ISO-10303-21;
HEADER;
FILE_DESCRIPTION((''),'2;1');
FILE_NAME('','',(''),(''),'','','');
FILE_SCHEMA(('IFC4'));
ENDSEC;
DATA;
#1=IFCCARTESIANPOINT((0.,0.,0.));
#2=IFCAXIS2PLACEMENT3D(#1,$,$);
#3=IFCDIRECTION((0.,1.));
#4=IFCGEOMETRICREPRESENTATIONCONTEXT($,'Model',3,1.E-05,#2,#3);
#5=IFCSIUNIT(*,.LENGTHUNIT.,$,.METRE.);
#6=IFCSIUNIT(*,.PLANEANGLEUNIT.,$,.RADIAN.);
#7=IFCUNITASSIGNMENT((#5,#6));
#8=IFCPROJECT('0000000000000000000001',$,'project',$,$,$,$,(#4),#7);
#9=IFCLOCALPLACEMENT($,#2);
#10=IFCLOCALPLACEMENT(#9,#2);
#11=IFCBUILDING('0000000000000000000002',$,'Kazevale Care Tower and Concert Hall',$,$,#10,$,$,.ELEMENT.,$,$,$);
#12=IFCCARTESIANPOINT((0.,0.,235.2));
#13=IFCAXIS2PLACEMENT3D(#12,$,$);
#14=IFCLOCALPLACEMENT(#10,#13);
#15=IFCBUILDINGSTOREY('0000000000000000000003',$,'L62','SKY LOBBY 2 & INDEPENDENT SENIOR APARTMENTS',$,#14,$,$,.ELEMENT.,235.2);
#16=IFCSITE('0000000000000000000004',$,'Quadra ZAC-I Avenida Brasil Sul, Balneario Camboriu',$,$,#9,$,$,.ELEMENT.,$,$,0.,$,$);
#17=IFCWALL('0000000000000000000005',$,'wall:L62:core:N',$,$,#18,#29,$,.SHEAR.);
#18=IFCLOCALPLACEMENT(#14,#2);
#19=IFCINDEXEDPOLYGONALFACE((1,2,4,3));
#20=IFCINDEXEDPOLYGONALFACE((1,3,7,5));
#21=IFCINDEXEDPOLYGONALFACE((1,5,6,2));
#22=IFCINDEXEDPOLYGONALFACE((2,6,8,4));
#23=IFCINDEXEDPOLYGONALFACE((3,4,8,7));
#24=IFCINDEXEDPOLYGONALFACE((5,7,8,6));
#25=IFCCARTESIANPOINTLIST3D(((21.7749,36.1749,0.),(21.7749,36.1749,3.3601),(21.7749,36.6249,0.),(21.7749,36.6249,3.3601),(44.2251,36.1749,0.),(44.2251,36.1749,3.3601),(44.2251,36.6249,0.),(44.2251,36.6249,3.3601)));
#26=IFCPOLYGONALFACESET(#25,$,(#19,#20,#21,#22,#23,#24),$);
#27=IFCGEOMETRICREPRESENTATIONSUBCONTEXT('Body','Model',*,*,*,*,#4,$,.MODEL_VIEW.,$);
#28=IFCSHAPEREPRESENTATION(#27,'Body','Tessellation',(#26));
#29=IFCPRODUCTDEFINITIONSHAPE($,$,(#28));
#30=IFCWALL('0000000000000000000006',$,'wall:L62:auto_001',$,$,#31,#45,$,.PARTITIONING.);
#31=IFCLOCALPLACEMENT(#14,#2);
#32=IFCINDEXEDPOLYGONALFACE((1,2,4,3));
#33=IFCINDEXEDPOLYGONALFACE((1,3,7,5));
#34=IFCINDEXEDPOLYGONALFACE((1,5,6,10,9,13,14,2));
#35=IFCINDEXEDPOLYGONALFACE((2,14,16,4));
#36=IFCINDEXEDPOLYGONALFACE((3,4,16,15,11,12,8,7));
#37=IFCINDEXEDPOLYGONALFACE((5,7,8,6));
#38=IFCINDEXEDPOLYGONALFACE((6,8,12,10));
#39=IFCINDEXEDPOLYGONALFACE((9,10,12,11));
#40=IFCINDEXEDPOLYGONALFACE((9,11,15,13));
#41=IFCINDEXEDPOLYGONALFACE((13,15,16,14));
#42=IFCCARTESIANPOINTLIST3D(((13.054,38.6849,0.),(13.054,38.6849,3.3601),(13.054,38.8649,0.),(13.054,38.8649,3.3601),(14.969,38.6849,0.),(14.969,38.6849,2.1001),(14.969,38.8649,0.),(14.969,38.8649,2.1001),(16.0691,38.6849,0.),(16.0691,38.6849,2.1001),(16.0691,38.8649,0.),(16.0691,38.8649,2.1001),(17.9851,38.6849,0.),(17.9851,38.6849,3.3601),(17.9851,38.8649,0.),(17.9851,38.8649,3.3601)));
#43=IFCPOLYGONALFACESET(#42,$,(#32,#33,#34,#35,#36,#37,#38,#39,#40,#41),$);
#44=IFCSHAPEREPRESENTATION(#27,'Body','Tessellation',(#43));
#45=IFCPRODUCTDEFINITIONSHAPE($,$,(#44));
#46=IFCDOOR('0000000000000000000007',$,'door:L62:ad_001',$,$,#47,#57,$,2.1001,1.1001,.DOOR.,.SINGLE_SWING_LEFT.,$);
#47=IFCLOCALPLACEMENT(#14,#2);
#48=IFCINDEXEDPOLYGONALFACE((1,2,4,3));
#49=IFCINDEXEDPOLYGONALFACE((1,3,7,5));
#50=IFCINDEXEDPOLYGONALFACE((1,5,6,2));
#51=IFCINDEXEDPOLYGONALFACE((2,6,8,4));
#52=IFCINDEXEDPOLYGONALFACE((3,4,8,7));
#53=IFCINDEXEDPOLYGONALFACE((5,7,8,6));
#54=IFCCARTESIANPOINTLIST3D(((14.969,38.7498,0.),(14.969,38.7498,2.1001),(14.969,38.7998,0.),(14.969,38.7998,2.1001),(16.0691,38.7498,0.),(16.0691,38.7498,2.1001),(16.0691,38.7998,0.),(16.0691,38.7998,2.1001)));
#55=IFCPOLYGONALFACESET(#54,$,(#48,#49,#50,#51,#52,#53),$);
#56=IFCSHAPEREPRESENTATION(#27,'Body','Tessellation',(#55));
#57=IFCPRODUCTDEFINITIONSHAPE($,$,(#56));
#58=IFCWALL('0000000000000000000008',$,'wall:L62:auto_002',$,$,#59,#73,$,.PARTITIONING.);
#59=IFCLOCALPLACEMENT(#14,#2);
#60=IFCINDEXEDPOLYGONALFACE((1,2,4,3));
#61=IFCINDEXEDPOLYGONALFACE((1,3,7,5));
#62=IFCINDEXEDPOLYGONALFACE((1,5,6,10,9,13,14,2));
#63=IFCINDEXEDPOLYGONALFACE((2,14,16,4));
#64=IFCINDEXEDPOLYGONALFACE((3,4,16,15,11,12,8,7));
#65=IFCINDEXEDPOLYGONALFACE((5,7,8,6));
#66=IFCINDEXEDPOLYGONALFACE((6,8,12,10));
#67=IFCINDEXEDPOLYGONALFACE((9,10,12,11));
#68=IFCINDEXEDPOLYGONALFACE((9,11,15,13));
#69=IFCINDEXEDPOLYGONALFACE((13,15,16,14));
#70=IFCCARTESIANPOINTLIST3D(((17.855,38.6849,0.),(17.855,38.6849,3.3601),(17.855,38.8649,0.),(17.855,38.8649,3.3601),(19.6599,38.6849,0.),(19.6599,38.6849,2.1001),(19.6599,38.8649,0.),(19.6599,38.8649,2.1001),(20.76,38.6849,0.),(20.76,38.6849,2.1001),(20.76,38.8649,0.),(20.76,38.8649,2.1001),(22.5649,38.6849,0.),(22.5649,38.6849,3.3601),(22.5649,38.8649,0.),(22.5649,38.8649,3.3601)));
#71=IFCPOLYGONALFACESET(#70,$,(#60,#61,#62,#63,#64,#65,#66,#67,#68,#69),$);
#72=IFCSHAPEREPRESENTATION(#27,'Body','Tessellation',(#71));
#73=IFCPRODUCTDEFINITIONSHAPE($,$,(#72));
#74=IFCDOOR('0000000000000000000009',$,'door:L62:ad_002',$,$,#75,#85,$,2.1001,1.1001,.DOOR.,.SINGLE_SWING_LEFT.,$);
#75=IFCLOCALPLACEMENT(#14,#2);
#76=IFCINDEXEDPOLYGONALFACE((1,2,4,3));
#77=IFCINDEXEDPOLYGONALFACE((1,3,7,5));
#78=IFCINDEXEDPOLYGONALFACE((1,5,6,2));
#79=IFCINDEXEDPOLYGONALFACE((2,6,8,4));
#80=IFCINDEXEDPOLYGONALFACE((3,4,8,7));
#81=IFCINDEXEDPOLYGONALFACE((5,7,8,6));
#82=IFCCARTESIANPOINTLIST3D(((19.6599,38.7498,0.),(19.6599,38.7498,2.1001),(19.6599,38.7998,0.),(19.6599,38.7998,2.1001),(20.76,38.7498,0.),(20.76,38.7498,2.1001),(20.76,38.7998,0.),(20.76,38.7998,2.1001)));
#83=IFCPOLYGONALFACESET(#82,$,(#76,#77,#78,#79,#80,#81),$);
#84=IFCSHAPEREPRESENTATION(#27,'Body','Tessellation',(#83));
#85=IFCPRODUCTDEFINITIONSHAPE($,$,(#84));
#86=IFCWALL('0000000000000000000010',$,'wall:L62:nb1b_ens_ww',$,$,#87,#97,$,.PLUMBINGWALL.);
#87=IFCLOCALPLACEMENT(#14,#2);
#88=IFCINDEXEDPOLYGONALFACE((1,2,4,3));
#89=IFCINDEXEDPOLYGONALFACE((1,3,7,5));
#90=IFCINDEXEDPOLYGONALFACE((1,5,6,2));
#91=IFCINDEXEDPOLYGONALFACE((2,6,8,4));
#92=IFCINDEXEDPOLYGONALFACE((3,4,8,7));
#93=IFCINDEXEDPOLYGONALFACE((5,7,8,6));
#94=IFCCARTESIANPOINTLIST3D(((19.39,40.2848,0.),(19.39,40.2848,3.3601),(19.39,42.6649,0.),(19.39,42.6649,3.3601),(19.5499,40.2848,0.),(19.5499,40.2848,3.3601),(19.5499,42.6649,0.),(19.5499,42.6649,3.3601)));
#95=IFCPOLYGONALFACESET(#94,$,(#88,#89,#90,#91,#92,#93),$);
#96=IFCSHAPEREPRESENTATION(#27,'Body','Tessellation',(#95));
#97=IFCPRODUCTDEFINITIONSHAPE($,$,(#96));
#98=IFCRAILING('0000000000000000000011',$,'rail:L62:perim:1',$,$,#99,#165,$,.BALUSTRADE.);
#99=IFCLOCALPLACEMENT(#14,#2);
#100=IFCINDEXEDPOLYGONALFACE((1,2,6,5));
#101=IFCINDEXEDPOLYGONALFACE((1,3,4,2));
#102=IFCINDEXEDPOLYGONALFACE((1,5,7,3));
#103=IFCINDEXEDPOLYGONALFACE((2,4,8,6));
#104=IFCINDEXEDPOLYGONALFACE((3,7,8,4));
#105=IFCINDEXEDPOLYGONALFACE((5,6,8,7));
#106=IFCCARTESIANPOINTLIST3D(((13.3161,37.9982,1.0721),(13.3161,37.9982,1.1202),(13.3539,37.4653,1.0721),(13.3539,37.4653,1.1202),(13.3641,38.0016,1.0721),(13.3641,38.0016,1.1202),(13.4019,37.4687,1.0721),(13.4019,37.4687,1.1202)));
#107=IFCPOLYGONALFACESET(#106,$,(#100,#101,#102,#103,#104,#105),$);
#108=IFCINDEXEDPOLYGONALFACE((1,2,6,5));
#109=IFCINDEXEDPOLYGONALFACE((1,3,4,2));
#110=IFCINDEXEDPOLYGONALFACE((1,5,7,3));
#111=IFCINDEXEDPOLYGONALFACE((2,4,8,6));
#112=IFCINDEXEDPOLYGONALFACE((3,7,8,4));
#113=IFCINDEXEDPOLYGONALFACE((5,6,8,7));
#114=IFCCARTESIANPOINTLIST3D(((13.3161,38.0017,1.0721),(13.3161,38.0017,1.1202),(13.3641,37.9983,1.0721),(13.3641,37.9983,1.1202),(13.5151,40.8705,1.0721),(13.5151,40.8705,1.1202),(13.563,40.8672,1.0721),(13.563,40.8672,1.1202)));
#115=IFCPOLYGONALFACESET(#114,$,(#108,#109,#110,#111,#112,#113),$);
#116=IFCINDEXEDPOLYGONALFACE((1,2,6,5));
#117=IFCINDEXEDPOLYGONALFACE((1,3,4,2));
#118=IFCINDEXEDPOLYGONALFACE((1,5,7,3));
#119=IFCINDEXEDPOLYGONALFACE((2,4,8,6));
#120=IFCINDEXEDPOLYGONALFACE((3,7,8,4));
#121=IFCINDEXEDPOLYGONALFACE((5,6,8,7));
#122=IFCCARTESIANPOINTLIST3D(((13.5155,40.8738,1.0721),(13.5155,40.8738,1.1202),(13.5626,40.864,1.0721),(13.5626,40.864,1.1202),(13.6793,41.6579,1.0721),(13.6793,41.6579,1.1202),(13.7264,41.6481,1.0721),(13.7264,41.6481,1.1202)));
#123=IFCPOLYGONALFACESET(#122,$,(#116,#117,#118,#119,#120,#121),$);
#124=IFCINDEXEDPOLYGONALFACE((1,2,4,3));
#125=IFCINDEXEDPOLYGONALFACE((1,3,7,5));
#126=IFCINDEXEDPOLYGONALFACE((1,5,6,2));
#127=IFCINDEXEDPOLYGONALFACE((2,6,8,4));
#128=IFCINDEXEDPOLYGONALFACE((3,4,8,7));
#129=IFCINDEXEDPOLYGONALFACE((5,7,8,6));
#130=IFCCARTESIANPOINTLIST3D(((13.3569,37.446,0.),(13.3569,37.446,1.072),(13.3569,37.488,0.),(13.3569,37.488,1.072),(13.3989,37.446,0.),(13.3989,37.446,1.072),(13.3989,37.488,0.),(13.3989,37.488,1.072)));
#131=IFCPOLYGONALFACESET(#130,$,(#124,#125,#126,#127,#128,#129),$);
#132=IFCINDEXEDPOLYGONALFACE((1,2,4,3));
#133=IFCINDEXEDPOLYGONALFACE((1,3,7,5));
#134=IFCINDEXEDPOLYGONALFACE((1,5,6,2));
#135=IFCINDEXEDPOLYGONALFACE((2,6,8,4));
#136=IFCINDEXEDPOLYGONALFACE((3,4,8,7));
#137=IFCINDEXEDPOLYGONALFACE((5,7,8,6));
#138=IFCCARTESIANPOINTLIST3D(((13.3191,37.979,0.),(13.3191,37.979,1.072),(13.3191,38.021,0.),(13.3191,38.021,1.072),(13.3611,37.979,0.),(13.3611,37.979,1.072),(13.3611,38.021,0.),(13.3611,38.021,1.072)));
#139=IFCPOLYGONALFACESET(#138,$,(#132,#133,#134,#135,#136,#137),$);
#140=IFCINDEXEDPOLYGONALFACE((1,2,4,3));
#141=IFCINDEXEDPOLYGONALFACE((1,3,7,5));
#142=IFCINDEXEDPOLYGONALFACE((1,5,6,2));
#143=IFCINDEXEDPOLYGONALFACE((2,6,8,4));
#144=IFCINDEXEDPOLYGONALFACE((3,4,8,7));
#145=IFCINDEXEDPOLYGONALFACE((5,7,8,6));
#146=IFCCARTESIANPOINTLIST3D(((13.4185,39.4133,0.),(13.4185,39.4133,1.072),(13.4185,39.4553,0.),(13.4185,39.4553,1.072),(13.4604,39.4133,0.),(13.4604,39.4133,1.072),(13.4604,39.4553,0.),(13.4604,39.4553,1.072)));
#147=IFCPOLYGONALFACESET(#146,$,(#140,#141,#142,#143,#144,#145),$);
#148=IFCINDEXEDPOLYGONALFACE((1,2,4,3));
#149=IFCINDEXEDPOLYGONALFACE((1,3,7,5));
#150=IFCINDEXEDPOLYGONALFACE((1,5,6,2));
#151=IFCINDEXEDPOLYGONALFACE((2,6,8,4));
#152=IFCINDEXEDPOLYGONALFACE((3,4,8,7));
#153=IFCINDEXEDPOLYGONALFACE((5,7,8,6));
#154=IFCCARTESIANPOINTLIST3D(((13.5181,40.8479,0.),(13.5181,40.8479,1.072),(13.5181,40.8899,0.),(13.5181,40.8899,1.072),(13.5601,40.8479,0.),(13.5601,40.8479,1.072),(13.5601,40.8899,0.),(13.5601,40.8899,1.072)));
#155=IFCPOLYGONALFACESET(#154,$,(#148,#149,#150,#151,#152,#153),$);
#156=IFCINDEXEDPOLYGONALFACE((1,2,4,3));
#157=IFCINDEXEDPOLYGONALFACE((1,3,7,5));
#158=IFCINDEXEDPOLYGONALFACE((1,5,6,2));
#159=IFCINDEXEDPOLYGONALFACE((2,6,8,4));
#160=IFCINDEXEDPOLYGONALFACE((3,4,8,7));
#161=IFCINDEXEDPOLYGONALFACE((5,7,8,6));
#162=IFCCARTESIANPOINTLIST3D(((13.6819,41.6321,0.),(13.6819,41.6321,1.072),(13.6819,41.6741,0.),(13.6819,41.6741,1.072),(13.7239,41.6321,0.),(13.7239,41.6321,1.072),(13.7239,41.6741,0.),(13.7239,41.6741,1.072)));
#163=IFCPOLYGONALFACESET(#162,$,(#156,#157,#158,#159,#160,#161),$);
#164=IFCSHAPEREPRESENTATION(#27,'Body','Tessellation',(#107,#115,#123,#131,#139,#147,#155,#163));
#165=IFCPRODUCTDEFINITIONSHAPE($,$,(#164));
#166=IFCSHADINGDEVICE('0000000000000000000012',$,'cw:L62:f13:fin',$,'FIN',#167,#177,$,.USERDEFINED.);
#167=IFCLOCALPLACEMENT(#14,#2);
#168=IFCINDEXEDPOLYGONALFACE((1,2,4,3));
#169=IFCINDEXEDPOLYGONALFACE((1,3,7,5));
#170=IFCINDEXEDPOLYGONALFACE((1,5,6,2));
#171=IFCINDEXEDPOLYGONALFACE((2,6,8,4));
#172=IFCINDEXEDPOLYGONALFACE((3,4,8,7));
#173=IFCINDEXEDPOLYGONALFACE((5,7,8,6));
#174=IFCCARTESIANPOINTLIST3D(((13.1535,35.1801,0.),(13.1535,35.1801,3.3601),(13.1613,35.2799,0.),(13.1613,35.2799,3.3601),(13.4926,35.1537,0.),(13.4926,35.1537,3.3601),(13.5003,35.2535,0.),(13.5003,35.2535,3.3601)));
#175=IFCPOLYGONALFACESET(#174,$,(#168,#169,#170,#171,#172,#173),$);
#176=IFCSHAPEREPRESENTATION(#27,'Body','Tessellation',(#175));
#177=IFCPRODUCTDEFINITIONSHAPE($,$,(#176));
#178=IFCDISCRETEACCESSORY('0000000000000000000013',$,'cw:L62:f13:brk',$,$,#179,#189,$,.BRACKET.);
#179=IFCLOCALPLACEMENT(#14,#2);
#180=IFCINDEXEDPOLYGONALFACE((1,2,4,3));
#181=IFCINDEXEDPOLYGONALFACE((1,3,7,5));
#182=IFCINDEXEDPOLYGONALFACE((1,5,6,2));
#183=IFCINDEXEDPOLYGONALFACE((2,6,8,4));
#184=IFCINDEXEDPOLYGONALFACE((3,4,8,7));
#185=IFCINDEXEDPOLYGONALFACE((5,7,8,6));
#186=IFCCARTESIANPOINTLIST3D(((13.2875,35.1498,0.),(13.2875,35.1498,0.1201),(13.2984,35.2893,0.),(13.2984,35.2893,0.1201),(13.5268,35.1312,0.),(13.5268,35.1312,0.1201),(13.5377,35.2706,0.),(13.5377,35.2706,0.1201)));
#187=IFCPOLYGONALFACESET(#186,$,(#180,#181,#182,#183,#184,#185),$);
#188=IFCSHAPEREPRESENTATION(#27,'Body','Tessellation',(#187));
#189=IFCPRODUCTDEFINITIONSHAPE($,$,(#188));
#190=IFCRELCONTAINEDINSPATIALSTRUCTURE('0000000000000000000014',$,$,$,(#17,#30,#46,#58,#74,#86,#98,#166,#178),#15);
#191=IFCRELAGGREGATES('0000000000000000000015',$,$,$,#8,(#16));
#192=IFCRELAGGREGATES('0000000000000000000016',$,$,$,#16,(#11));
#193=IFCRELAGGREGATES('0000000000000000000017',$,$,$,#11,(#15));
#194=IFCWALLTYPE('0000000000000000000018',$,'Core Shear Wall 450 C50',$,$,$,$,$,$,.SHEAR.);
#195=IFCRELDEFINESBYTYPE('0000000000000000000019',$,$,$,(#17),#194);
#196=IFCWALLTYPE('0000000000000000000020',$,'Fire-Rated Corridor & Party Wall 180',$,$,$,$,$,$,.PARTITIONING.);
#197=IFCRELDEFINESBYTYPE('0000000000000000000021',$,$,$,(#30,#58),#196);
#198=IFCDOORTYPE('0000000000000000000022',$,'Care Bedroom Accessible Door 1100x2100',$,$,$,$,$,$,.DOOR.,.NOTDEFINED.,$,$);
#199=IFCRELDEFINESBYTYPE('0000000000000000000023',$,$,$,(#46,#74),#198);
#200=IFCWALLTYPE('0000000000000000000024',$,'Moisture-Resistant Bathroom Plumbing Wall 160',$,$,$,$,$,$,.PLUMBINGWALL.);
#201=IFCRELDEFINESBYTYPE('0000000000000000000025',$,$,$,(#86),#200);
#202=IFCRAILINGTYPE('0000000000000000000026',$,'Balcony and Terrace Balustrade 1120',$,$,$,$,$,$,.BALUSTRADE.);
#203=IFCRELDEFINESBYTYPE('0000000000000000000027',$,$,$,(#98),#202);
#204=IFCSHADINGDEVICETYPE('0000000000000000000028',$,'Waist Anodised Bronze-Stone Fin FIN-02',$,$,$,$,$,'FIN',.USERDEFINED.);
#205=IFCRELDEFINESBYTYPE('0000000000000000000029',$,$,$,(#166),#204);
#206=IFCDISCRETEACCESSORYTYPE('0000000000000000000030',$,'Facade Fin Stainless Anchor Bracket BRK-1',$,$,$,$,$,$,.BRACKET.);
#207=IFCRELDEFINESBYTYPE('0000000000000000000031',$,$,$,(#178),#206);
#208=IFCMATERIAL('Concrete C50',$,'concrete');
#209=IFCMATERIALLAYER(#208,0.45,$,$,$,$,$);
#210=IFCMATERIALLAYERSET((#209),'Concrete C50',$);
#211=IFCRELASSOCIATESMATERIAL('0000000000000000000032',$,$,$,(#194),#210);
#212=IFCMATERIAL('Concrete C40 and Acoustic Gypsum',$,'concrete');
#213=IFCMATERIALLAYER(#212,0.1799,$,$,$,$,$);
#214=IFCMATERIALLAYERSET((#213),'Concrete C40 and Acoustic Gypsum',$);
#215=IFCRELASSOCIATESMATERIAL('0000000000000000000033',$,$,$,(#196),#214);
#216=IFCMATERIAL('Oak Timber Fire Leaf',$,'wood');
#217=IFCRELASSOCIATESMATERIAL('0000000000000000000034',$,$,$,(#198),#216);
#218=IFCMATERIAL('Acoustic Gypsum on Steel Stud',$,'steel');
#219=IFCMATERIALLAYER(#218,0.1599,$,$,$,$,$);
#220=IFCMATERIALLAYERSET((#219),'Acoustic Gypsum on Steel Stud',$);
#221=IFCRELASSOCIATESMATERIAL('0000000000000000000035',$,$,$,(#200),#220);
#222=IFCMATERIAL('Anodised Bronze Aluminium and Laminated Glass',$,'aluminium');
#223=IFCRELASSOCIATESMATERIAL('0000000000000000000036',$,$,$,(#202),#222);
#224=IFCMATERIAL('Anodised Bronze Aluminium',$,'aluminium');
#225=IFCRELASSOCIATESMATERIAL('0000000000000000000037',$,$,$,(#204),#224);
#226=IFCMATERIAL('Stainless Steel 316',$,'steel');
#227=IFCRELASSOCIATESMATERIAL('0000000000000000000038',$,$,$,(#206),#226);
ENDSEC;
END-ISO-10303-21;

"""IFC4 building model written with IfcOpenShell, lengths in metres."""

from ifc_helpers import new_model, si_unit, direction, frame, frame_2d, origin, origin_2d, place, context, subcontext, project, spatial, rectangle, extrude, material, layer, layer_set, type_object, element, fill, save


model = new_model("IFC4")

# Units and contexts
model_context = context("Model", 3, precision=1e-05, world=origin(), true_north=direction((0.0, 1.0)))
body_context = subcontext(model_context, "Body", "Model", "MODEL_VIEW")
ifc_project = project(units=[si_unit("LENGTHUNIT", "METRE"), si_unit("PLANEANGLEUNIT", "RADIAN")], contexts=[model_context])

# Site, building, storey
site_placement = place(None, origin())
site = spatial("IfcSite", under=ifc_project, at=site_placement, Name="Quadra ZAC-I Avenida Brasil Sul, Balneario Camboriu", CompositionType="ELEMENT", RefElevation=0.0)
building_placement = place(site_placement, origin())
building = spatial("IfcBuilding", under=site, at=building_placement, Name="Kazevale Care Tower and Concert Hall", CompositionType="ELEMENT")
storey_placement = place(building_placement, frame((0.0, 0.0, 235.2)))
storey = spatial("IfcBuildingStorey", under=building, at=storey_placement, Name="L62", Description="SKY LOBBY 2 & INDEPENDENT SENIOR APARTMENTS", CompositionType="ELEMENT", Elevation=235.2)

# Shared definitions
ifc_material_1 = material(Name="Concrete C50", Category="concrete")

# Wall
ifc_layer_1 = layer(ifc_material_1, 0.45)
ifc_layer_set_1 = layer_set([ifc_layer_1], Name="Concrete C50")
wall_type_1 = type_object("IfcWallType", Name="Core Shear Wall 450 C50", PredefinedType="SHEAR", material=ifc_layer_set_1)
wall_1_placement = place(storey_placement, frame((21.7749, 36.3999, 0.0), z_axis=(0.0, 0.0, 1.0), x_axis=(1.0, 0.0, 0.0)))
element("IfcWall", 1, at=wall_1_placement, inside=storey, type_object=wall_type_1, Name="wall:L62:core:N", PredefinedType="SHEAR", context=body_context, shape_type="SweptSolid", body=[
    extrude(rectangle(XDim=22.4502, YDim=0.45, at=frame_2d((11.2251, 0.0))), origin(), (0.0, 0.0, 1.0), 3.3601),
])

# Walls, openings, doors
ifc_material_2 = material(Name="Concrete C40 and Acoustic Gypsum", Category="concrete")
ifc_layer_2 = layer(ifc_material_2, 0.1799)
ifc_layer_set_2 = layer_set([ifc_layer_2], Name="Concrete C40 and Acoustic Gypsum")
wall_type_2 = type_object("IfcWallType", Name="Fire-Rated Corridor & Party Wall 180", PredefinedType="PARTITIONING", material=ifc_layer_set_2)
wall_2_placement = place(storey_placement, frame((13.054, 38.7749, 0.0), z_axis=(0.0, 0.0, 1.0), x_axis=(1.0, 0.0, 0.0)))
wall_2 = element("IfcWall", 2, at=wall_2_placement, inside=storey, type_object=wall_type_2, Name="wall:L62:auto_001", PredefinedType="PARTITIONING", context=body_context, shape_type="SweptSolid", body=[
    extrude(rectangle(XDim=4.9312, YDim=0.1799, at=frame_2d((2.4656, 0.0))), origin(), (0.0, 0.0, 1.0), 3.3601),
])
opening_1_placement = place(wall_2_placement, frame((1.915, 0.0, 0.0)))
opening_1 = element("IfcOpeningElement", 3, at=opening_1_placement, cuts=wall_2, PredefinedType="OPENING", context=body_context, shape_type="SweptSolid", body=[
    extrude(rectangle(XDim=1.1001, YDim=2.1001, at=frame_2d((0.55, 1.05))), frame((0.0, 0.0999, 0.0), z_axis=(0.0, -1.0, 0.0), x_axis=(1.0, 0.0, 0.0)), (0.0, 0.0, 1.0), 0.2),
])
ifc_material_3 = material(Name="Oak Timber Fire Leaf", Category="wood")
door_type = type_object("IfcDoorType", Name="Care Bedroom Accessible Door 1100x2100", OperationType="NOTDEFINED", PredefinedType="DOOR", material=ifc_material_3)
door_1_placement = place(opening_1_placement, origin())
door_1 = element("IfcDoor", 4, at=door_1_placement, inside=storey, type_object=door_type, Name="door:L62:ad_001", OperationType="SINGLE_SWING_LEFT", OverallHeight=2.1001, OverallWidth=1.1001, PredefinedType="DOOR", context=body_context, shape_type="SweptSolid", body=[
    extrude(rectangle(XDim=1.1001, YDim=2.1001, at=frame_2d((0.55, 1.05))), frame((0.0, 0.0249, 0.0), z_axis=(0.0, -1.0, 0.0), x_axis=(1.0, 0.0, 0.0)), (0.0, 0.0, 1.0), 0.05),
])
fill(opening_1, door_1)
wall_3_placement = place(storey_placement, frame((17.855, 38.7749, 0.0), z_axis=(0.0, 0.0, 1.0), x_axis=(1.0, 0.0, 0.0)))
wall_3 = element("IfcWall", 5, at=wall_3_placement, inside=storey, type_object=wall_type_2, Name="wall:L62:auto_002", PredefinedType="PARTITIONING", context=body_context, shape_type="SweptSolid", body=[
    extrude(rectangle(XDim=4.71, YDim=0.1799, at=frame_2d((2.355, 0.0))), origin(), (0.0, 0.0, 1.0), 3.3601),
])
opening_2_placement = place(wall_3_placement, frame((1.8049, 0.0, 0.0)))
opening_2 = element("IfcOpeningElement", 6, at=opening_2_placement, cuts=wall_3, PredefinedType="OPENING", context=body_context, shape_type="SweptSolid", body=[
    extrude(rectangle(XDim=1.1001, YDim=2.1001, at=frame_2d((0.55, 1.05))), frame((0.0, 0.0999, 0.0), z_axis=(0.0, -1.0, 0.0), x_axis=(1.0, 0.0, 0.0)), (0.0, 0.0, 1.0), 0.2),
])
door_2_placement = place(opening_2_placement, origin())
door_2 = element("IfcDoor", 7, at=door_2_placement, inside=storey, type_object=door_type, Name="door:L62:ad_002", OperationType="SINGLE_SWING_LEFT", OverallHeight=2.1001, OverallWidth=1.1001, PredefinedType="DOOR", context=body_context, shape_type="SweptSolid", body=[
    extrude(rectangle(XDim=1.1001, YDim=2.1001, at=frame_2d((0.55, 1.05))), frame((0.0, 0.0249, 0.0), z_axis=(0.0, -1.0, 0.0), x_axis=(1.0, 0.0, 0.0)), (0.0, 0.0, 1.0), 0.05),
])
fill(opening_2, door_2)

# Wall
ifc_material_4 = material(Name="Acoustic Gypsum on Steel Stud", Category="steel")
ifc_layer_3 = layer(ifc_material_4, 0.1599)
ifc_layer_set_3 = layer_set([ifc_layer_3], Name="Acoustic Gypsum on Steel Stud")
wall_type_3 = type_object("IfcWallType", Name="Moisture-Resistant Bathroom Plumbing Wall 160", PredefinedType="PLUMBINGWALL", material=ifc_layer_set_3)
wall_4_placement = place(storey_placement, frame((19.47, 40.2849, 0.0), z_axis=(0.0, 0.0, 1.0), x_axis=(0.0, 1.0, 0.0)))
element("IfcWall", 8, at=wall_4_placement, inside=storey, type_object=wall_type_3, Name="wall:L62:nb1b_ens_ww", PredefinedType="PLUMBINGWALL", context=body_context, shape_type="SweptSolid", body=[
    extrude(rectangle(XDim=2.3801, YDim=0.1599, at=frame_2d((1.1899, 0.0))), origin(), (0.0, 0.0, 1.0), 3.3601),
])

# Railing
ifc_material_5 = material(Name="Anodised Bronze Aluminium and Laminated Glass", Category="aluminium")
railing_type = type_object("IfcRailingType", Name="Balcony and Terrace Balustrade 1120", PredefinedType="BALUSTRADE", material=ifc_material_5)
railing_placement = place(storey_placement, frame((13.3779, 37.467, 0.0)))
element("IfcRailing", 9, at=railing_placement, inside=storey, type_object=railing_type, Name="rail:L62:perim:1", PredefinedType="BALUSTRADE", context=body_context, shape_type="SweptSolid", body=[
    extrude(rectangle(XDim=0.0481, YDim=0.0481, at=origin_2d()), frame((0.0, 0.0, 1.0962), z_axis=(-0.070825, 0.997489, 0.0), x_axis=(-0.997489, -0.070825, 0.0)), (0.0, 0.0, 1.0), 0.5342),
    extrude(rectangle(XDim=0.0481, YDim=0.0481, at=origin_2d()), frame((-0.0378, 0.533, 1.0962), z_axis=(0.06919, 0.997604, 0.0), x_axis=(-0.997604, 0.06919, 0.0)), (0.0, 0.0, 1.0), 2.8757),
    extrude(rectangle(XDim=0.0481, YDim=0.0481, at=origin_2d()), frame((0.1611, 3.4019, 1.0962), z_axis=(0.20449, 0.978869, 0.0), x_axis=(-0.978869, 0.20449, 0.0)), (0.0, 0.0, 1.0), 0.801),
    extrude(rectangle(XDim=0.042, YDim=0.042, at=origin_2d()), origin(), (0.0, 0.0, 1.0), 1.072),
    extrude(rectangle(XDim=0.042, YDim=0.042, at=origin_2d()), frame((-0.0378, 0.533, 0.0)), (0.0, 0.0, 1.0), 1.072),
    extrude(rectangle(XDim=0.042, YDim=0.042, at=origin_2d()), frame((0.0615, 1.9673, 0.0)), (0.0, 0.0, 1.0), 1.072),
    extrude(rectangle(XDim=0.042, YDim=0.042, at=origin_2d()), frame((0.1611, 3.4019, 0.0)), (0.0, 0.0, 1.0), 1.072),
    extrude(rectangle(XDim=0.042, YDim=0.042, at=origin_2d()), frame((0.325, 4.186, 0.0)), (0.0, 0.0, 1.0), 1.072),
])

# Shading device
ifc_material_6 = material(Name="Anodised Bronze Aluminium", Category="aluminium")
shading_device_type = type_object("IfcShadingDeviceType", Name="Waist Anodised Bronze-Stone Fin FIN-02", ElementType="FIN", PredefinedType="USERDEFINED", material=ifc_material_6)
shading_device_placement = place(storey_placement, frame((13.3269, 35.2168, 0.0), z_axis=(0.0, 0.0, 1.0), x_axis=(-0.996985, 0.077589, 0.0)))
element("IfcShadingDevice", 10, at=shading_device_placement, inside=storey, type_object=shading_device_type, Name="cw:L62:f13:fin", ObjectType="FIN", PredefinedType="USERDEFINED", context=body_context, shape_type="SweptSolid", body=[
    extrude(rectangle(XDim=0.3401, YDim=0.1001, at=origin_2d()), origin(), (0.0, 0.0, 1.0), 3.3601),
])

# Discrete accessory
ifc_material_7 = material(Name="Stainless Steel 316", Category="steel")
discrete_accessory_type = type_object("IfcDiscreteAccessoryType", Name="Facade Fin Stainless Anchor Bracket BRK-1", PredefinedType="BRACKET", material=ifc_material_7)
discrete_accessory_placement = place(storey_placement, frame((13.4126, 35.2102, 0.0), z_axis=(0.0, 0.0, 1.0), x_axis=(-0.996985, 0.077589, 0.0)))
element("IfcDiscreteAccessory", 11, at=discrete_accessory_placement, inside=storey, type_object=discrete_accessory_type, Name="cw:L62:f13:brk", PredefinedType="BRACKET", context=body_context, shape_type="SweptSolid", body=[
    extrude(rectangle(XDim=0.24, YDim=0.1399, at=origin_2d()), origin(), (0.0, 0.0, 1.0), 0.1201),
])

save(model, "model.ifc")
